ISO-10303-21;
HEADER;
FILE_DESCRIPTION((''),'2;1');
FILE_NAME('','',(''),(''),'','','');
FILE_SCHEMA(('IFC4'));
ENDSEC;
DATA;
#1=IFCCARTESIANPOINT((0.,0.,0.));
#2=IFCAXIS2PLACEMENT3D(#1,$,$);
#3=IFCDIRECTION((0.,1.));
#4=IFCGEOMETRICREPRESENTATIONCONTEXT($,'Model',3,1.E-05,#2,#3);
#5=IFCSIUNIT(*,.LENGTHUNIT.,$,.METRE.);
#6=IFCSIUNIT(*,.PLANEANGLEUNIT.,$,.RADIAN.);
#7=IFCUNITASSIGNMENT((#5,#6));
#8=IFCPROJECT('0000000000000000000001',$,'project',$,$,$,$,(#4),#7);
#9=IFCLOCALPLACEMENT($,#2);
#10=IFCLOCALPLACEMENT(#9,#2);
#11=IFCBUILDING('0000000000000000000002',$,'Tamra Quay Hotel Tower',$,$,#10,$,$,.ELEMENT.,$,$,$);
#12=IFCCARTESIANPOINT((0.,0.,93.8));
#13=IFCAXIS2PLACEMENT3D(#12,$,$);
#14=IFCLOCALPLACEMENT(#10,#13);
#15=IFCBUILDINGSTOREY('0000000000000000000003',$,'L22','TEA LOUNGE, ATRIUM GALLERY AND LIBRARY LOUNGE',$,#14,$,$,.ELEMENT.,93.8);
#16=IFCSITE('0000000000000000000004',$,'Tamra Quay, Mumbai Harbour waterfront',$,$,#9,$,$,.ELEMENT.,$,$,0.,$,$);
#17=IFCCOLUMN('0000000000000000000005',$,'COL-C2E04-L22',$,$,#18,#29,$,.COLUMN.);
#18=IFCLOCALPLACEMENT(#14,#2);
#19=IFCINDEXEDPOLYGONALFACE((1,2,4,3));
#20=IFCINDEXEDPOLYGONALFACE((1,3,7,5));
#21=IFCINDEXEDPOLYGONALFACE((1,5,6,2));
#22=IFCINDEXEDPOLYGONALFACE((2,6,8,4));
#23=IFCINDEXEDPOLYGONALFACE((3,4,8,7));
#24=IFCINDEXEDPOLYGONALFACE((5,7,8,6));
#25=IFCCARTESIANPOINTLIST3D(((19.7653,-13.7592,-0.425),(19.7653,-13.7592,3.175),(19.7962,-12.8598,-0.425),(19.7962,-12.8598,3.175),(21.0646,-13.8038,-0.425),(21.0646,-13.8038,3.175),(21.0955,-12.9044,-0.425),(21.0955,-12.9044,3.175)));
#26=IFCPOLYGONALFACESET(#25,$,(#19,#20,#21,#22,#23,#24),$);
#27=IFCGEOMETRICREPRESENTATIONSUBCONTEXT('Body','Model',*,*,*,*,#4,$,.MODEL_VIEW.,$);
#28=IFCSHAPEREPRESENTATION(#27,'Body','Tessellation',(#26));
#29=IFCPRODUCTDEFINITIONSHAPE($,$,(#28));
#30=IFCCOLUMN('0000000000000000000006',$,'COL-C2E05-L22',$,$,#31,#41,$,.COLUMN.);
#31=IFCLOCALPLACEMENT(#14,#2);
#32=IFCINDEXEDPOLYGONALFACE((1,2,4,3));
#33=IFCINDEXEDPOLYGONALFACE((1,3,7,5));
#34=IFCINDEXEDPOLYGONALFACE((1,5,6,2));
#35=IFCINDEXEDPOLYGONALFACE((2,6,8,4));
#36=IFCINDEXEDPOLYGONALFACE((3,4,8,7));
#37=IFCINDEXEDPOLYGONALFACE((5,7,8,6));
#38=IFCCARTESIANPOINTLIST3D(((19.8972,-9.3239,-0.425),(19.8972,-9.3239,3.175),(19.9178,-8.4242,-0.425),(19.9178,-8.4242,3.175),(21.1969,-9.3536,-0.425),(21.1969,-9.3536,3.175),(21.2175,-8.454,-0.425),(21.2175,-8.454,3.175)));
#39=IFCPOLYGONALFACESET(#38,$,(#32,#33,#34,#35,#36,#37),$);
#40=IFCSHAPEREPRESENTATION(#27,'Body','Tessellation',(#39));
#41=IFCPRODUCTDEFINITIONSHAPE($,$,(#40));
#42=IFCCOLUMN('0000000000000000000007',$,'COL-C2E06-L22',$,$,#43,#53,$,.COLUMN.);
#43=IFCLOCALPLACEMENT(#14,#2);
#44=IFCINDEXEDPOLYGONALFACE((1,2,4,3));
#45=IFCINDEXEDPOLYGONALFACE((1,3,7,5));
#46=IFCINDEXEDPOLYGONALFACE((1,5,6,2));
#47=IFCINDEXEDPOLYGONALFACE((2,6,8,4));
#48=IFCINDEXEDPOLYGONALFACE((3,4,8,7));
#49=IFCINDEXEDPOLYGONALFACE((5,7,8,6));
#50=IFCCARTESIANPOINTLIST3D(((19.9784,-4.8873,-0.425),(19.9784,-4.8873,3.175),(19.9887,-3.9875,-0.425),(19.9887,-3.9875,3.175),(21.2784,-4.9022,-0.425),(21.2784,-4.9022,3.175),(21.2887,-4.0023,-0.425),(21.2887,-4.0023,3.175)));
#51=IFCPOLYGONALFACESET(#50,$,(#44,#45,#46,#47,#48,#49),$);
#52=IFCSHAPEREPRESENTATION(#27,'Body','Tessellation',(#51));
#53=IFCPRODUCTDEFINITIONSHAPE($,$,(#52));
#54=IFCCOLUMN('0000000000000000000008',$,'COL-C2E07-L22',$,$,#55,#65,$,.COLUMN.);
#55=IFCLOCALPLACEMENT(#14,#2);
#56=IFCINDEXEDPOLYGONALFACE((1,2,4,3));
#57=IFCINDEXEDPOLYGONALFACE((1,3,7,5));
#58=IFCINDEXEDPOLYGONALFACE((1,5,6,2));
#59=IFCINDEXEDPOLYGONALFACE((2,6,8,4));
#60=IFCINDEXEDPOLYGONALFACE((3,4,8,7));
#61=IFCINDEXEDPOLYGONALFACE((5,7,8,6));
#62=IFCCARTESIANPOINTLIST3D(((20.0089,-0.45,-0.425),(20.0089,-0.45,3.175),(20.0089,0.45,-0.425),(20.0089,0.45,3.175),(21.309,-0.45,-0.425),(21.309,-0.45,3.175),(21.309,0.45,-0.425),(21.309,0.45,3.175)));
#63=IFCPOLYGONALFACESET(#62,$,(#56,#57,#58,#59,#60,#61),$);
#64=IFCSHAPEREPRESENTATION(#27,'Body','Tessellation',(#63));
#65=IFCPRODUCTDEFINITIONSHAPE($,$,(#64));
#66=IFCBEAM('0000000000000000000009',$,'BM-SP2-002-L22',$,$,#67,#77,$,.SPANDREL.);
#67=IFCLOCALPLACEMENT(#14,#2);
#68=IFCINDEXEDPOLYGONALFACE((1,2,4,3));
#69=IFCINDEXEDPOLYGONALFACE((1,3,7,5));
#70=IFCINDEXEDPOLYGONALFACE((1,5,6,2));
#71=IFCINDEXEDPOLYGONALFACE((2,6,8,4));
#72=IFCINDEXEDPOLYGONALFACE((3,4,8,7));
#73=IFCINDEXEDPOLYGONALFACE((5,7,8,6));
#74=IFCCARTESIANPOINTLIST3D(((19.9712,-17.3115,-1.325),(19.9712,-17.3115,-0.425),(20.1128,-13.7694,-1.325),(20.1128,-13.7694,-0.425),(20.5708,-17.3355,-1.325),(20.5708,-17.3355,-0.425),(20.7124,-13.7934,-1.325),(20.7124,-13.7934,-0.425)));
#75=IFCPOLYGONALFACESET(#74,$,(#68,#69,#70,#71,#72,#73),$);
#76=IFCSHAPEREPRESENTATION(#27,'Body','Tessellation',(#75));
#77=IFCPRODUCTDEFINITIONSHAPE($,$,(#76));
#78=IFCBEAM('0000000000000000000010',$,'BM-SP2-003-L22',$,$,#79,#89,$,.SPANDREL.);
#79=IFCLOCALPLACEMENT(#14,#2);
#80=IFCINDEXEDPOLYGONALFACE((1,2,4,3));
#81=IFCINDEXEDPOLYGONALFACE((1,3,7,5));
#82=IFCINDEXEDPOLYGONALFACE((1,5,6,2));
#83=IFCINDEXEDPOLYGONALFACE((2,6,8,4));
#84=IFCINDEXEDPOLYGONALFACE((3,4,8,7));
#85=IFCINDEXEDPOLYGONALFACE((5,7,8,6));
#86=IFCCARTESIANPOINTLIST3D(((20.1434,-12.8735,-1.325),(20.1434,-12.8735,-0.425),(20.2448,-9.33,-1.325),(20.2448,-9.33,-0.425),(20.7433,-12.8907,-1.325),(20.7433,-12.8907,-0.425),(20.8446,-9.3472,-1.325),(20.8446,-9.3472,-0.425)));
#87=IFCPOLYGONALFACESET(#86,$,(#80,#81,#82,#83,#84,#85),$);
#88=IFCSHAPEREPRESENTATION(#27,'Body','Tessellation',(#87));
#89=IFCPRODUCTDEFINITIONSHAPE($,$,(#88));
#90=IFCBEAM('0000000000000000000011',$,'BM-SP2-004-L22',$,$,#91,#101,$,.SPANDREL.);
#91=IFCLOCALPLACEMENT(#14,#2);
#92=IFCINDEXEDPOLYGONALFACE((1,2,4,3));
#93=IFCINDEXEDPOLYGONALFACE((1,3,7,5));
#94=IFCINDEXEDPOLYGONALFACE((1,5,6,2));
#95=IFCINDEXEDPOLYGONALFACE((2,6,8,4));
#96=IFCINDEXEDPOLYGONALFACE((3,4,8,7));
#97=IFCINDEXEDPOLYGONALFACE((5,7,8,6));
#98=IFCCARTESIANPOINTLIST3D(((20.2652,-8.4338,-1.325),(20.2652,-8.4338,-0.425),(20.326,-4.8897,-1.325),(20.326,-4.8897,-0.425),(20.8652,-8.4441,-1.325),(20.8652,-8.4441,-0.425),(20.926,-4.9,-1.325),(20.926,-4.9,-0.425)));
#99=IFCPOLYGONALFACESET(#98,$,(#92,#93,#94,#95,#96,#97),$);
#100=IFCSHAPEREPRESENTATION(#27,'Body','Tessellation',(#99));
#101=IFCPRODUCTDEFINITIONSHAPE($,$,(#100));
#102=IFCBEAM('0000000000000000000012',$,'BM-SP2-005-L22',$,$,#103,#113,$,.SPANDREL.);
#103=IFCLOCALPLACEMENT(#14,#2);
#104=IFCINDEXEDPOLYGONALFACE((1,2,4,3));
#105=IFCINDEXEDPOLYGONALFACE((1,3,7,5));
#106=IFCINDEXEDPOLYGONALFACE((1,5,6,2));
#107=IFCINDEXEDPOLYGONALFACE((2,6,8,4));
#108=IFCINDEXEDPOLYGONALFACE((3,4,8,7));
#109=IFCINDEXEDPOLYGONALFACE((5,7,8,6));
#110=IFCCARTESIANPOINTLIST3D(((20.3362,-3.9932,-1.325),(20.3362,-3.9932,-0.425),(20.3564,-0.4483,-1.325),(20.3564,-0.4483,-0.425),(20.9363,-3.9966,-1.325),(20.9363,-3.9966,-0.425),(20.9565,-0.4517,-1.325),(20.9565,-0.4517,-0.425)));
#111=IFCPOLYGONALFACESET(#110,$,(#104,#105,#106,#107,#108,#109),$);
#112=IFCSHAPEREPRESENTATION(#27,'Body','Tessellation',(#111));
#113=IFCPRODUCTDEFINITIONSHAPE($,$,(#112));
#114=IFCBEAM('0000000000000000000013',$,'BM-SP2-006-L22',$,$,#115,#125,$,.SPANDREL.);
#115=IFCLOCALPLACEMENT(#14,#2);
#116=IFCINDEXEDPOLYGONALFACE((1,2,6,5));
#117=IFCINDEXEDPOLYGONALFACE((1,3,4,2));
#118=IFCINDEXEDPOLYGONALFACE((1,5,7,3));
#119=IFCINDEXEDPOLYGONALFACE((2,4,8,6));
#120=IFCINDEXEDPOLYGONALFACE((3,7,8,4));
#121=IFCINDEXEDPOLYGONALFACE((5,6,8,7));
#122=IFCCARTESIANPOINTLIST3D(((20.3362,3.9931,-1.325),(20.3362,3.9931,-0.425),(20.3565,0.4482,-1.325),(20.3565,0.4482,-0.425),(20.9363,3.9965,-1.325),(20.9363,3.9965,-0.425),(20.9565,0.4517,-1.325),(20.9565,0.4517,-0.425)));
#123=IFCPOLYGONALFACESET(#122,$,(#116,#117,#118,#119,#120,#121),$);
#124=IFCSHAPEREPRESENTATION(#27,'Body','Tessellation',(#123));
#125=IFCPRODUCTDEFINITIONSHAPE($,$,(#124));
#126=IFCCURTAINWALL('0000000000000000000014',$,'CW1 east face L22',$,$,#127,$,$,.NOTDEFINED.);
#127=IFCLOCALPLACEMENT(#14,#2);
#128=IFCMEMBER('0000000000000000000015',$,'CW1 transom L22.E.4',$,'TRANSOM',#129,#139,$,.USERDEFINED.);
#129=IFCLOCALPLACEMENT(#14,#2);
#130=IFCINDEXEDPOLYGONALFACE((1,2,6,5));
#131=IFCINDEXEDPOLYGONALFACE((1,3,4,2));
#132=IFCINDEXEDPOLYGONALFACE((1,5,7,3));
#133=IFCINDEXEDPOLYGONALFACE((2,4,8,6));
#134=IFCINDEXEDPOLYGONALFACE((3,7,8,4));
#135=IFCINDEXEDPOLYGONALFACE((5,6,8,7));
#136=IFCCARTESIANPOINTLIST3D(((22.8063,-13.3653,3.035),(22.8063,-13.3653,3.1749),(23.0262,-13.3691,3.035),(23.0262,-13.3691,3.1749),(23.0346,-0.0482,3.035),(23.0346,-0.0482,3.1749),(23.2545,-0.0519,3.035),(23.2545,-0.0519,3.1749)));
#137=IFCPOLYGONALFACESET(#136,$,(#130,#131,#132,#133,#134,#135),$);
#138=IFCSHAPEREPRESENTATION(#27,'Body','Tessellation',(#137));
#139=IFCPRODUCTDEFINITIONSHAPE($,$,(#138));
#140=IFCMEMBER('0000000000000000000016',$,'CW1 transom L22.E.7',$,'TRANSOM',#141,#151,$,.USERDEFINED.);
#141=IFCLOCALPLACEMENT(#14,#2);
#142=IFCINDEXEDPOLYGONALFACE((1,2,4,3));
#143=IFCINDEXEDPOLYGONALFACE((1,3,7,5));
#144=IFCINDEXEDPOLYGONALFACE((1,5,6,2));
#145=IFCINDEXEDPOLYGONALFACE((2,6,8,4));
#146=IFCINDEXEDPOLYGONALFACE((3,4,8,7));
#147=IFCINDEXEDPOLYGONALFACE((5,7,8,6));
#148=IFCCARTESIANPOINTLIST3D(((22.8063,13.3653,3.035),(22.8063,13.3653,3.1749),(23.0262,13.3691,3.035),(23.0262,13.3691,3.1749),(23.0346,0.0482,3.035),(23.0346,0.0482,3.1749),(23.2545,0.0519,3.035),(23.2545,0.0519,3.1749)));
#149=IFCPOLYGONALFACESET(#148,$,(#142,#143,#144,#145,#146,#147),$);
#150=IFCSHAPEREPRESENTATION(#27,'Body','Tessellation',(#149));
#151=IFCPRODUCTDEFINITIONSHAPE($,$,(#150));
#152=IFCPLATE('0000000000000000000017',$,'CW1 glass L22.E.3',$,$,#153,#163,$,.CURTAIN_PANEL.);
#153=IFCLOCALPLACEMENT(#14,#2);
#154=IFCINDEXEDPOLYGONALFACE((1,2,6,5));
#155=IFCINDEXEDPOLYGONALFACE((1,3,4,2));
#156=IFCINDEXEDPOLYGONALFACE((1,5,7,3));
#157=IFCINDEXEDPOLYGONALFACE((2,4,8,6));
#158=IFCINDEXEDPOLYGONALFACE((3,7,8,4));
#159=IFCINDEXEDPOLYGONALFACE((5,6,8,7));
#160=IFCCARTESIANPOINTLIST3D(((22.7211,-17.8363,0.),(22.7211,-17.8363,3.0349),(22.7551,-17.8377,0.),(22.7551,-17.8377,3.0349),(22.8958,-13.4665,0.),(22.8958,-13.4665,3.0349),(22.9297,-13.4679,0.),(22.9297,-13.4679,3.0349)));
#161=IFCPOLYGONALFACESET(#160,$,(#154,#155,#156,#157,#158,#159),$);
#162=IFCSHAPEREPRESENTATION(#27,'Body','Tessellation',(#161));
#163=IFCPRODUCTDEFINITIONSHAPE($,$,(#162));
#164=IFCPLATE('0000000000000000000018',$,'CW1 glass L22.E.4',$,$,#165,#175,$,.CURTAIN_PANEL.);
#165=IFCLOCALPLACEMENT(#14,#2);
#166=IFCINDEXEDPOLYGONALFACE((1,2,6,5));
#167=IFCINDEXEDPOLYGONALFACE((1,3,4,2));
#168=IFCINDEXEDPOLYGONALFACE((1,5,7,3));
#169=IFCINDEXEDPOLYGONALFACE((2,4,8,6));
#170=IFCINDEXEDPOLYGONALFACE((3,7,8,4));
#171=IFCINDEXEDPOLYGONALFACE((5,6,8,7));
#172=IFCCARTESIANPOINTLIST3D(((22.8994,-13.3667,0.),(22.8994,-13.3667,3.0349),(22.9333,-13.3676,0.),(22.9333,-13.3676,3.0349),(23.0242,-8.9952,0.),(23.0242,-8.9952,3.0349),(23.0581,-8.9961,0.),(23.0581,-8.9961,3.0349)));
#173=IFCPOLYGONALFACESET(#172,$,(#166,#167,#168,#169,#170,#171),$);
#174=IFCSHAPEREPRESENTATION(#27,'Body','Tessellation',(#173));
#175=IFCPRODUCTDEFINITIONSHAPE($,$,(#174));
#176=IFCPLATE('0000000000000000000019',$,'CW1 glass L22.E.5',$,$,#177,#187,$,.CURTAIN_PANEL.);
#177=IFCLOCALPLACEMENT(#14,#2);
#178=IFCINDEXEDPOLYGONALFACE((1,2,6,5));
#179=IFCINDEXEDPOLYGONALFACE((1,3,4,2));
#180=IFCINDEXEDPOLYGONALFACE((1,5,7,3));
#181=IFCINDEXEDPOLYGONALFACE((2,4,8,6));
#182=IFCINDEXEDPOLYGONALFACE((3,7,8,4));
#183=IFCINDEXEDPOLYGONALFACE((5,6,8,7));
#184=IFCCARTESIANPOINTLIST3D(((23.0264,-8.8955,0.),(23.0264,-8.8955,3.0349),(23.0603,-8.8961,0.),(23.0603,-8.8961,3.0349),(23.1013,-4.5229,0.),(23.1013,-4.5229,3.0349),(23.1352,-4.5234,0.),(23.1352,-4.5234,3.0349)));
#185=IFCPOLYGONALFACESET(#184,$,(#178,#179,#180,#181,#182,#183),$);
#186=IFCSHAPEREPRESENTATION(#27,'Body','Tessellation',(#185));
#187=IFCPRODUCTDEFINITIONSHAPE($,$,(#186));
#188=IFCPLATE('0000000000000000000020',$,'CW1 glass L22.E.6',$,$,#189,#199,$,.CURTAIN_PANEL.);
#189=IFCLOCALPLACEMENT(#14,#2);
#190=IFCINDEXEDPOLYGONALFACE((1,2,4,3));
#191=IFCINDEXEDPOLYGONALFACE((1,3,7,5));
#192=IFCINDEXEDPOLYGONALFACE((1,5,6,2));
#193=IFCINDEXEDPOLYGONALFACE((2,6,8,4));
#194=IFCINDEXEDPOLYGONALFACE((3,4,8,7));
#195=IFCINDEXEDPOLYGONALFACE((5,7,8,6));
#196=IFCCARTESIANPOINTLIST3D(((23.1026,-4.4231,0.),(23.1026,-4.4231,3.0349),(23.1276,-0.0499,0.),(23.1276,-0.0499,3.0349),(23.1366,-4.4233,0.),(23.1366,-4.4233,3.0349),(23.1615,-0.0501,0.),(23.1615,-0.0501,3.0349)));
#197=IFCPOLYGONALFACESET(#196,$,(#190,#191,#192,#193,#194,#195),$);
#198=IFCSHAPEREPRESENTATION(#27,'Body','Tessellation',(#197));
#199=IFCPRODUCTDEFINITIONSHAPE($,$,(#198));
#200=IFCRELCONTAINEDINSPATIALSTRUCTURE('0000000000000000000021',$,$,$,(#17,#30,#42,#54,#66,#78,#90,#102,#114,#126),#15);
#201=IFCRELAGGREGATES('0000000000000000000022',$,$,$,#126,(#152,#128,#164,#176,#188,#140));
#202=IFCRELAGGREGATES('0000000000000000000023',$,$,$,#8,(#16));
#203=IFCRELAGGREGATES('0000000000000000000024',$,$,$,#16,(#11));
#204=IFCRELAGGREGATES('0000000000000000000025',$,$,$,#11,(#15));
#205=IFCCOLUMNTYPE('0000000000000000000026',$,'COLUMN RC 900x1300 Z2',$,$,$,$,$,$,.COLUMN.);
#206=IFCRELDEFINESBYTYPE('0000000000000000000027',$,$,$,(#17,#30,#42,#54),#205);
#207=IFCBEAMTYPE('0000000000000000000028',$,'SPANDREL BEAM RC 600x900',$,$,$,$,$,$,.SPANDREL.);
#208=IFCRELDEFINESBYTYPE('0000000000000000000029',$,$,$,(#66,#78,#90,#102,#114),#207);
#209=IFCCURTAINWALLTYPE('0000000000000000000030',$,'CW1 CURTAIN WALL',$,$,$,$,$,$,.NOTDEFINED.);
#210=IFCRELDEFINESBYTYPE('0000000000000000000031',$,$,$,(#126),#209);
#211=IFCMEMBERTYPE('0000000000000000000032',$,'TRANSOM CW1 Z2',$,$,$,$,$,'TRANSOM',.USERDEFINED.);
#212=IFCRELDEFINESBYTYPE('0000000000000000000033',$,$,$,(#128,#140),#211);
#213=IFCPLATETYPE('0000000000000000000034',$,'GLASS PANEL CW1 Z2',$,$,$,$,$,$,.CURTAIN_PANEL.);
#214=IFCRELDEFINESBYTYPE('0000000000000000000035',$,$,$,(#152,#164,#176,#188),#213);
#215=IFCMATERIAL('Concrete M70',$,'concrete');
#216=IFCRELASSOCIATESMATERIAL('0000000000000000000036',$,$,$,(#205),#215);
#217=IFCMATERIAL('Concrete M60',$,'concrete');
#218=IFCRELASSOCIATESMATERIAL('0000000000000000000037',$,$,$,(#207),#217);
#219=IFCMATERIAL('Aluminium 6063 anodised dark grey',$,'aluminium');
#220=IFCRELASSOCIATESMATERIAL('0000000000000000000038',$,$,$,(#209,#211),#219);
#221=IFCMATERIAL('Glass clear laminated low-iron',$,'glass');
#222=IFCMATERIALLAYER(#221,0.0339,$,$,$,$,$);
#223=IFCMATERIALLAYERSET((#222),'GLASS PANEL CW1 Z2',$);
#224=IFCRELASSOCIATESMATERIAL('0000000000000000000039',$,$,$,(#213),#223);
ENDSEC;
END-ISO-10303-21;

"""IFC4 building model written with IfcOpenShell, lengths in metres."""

from ifc_helpers import new_model, si_unit, direction, frame, origin, origin_2d, place, context, subcontext, project, spatial, rectangle, extrude, material, layer, layer_set, material_profile, profile_set, type_object, element, aggregate, save


model = new_model("IFC4")

# Units and contexts
model_context = context("Model", 3, precision=1e-05, world=origin(), true_north=direction((0.0, 1.0)))
body_context = subcontext(model_context, "Body", "Model", "MODEL_VIEW")
ifc_project = project(units=[si_unit("LENGTHUNIT", "METRE"), si_unit("PLANEANGLEUNIT", "RADIAN")], contexts=[model_context])

# Site, building, storey
site_placement = place(None, origin())
site = spatial("IfcSite", under=ifc_project, at=site_placement, Name="Tamra Quay, Mumbai Harbour waterfront", CompositionType="ELEMENT", RefElevation=0.0)
building_placement = place(site_placement, origin())
building = spatial("IfcBuilding", under=site, at=building_placement, Name="Tamra Quay Hotel Tower", CompositionType="ELEMENT")
storey_placement = place(building_placement, frame((0.0, 0.0, 93.8)))
storey = spatial("IfcBuildingStorey", under=building, at=storey_placement, Name="L22", Description="TEA LOUNGE, ATRIUM GALLERY AND LIBRARY LOUNGE", CompositionType="ELEMENT", Elevation=93.8)

# Columns
ifc_material_1 = material(Name="Concrete M70", Category="concrete")
ifc_material_profile_1 = material_profile(ifc_material_1, rectangle(XDim=1.3, YDim=0.8999, at=origin_2d()), Name="COLUMN RC 900x1300 Z2")
ifc_profile_set_1 = profile_set([ifc_material_profile_1], Name="Concrete M70")
column_type = type_object("IfcColumnType", Name="COLUMN RC 900x1300 Z2", PredefinedType="COLUMN", material=ifc_profile_set_1)
for number, where, z_axis, x_axis, name in (
    (1, (20.4304, -13.3318, -0.425), (0.0, 0.0, 1.0), (-0.999412, 0.034299, 0.0), "COL-C2E04-L22"),
    (2, (20.5574, -8.8889, -0.425), (0.0, 0.0, 1.0), (-0.999738, 0.022874, 0.0), "COL-C2E05-L22"),
    (3, (20.6335, -4.4448, -0.425), (0.0, 0.0, 1.0), (-0.999935, 0.011439, 0.0), "COL-C2E06-L22"),
    (4, (20.6589, 0.0, -0.425), (0.0, 0.0, 1.0), (1.0, 0.0, 0.0), "COL-C2E07-L22"),
):
    element("IfcColumn", number, at=place(storey_placement, frame(where, z_axis=z_axis, x_axis=x_axis)), inside=storey, type_object=column_type, Name=name, PredefinedType="COLUMN", context=body_context, shape_type="SweptSolid", body=[
        extrude(rectangle(XDim=1.3, YDim=0.8999, at=origin_2d()), origin(), (0.0, 0.0, 1.0), 3.6001),
    ])

# Beams
ifc_material_2 = material(Name="Concrete M60", Category="concrete")
ifc_material_profile_2 = material_profile(ifc_material_2, rectangle(XDim=0.6001, YDim=0.8999, at=origin_2d()), Name="SPANDREL BEAM RC 600x900")
ifc_profile_set_2 = profile_set([ifc_material_profile_2], Name="Concrete M60")
beam_type = type_object("IfcBeamType", Name="SPANDREL BEAM RC 600x900", PredefinedType="SPANDREL", material=ifc_profile_set_2)
for number, where, z_axis, x_axis, name in (
    (5, (20.271, -17.3235, -0.875), (0.039946, 0.999202, 0.0), (-0.999202, 0.039946, 0.0), "BM-SP2-002-L22"),
    (6, (20.4434, -12.8821, -0.875), (0.028581, 0.999591, 0.0), (-0.999591, 0.028581, 0.0), "BM-SP2-003-L22"),
):
    element("IfcBeam", number, at=place(storey_placement, frame(where, z_axis=z_axis, x_axis=x_axis)), inside=storey, type_object=beam_type, Name=name, PredefinedType="SPANDREL", context=body_context, shape_type="SweptSolid", body=[
        extrude(rectangle(XDim=0.6001, YDim=0.8999, at=origin_2d()), origin(), (0.0, 0.0, 1.0), 3.5449),
    ])
beam_placement = place(storey_placement, frame((20.5652, -8.439, -0.875), z_axis=(0.01715, 0.999853, 0.0), x_axis=(-0.999853, 0.01715, 0.0)))
element("IfcBeam", 7, at=beam_placement, inside=storey, type_object=beam_type, Name="BM-SP2-004-L22", PredefinedType="SPANDREL", context=body_context, shape_type="SweptSolid", body=[
    extrude(rectangle(XDim=0.6001, YDim=0.8999, at=origin_2d()), origin(), (0.0, 0.0, 1.0), 3.5447),
])
for number, where, z_axis, x_axis, name in (
    (8, (20.6362, -3.9949, -0.875), (0.005716, 0.999984, 0.0), (-0.999984, 0.005716, 0.0), "BM-SP2-005-L22"),
    (9, (20.6565, 0.45, -0.875), (-0.005716, 0.999984, 0.0), (-0.999984, -0.005716, 0.0), "BM-SP2-006-L22"),
):
    element("IfcBeam", number, at=place(storey_placement, frame(where, z_axis=z_axis, x_axis=x_axis)), inside=storey, type_object=beam_type, Name=name, PredefinedType="SPANDREL", context=body_context, shape_type="SweptSolid", body=[
        extrude(rectangle(XDim=0.6001, YDim=0.8999, at=origin_2d()), origin(), (0.0, 0.0, 1.0), 3.5449),
    ])

# Curtain wall, members, plates
ifc_material_3 = material(Name="Aluminium 6063 anodised dark grey", Category="aluminium")
curtain_wall_type = type_object("IfcCurtainWallType", Name="CW1 CURTAIN WALL", PredefinedType="NOTDEFINED", material=ifc_material_3)
curtain_wall_placement = place(storey_placement, origin())
curtain_wall = element("IfcCurtainWall", 10, at=curtain_wall_placement, inside=storey, type_object=curtain_wall_type, Name="CW1 east face L22", PredefinedType="NOTDEFINED")
ifc_material_profile_3 = material_profile(ifc_material_3, rectangle(XDim=0.22, YDim=0.1399, at=origin_2d()), Name="TRANSOM 220X140")
ifc_profile_set_3 = profile_set([ifc_material_profile_3], Name="Aluminium 6063 anodised dark grey")
member_type = type_object("IfcMemberType", Name="TRANSOM CW1 Z2", ElementType="TRANSOM", PredefinedType="USERDEFINED", material=ifc_profile_set_3)
member_1_placement = place(storey_placement, frame((22.9163, -13.3672, 3.105), z_axis=(0.017139, 0.999853, 0.0), x_axis=(-0.999853, 0.017139, 0.0)))
member_1 = element("IfcMember", 11, at=member_1_placement, type_object=member_type, Name="CW1 transom L22.E.4", ObjectType="TRANSOM", PredefinedType="USERDEFINED", context=body_context, shape_type="SweptSolid", body=[
    extrude(rectangle(XDim=0.22, YDim=0.1399, at=origin_2d()), origin(), (0.0, 0.0, 1.0), 13.3191),
])
member_2_placement = place(storey_placement, frame((23.1445, 0.05, 3.105), z_axis=(-0.017139, 0.999853, 0.0), x_axis=(-0.999853, -0.017139, 0.0)))
member_2 = element("IfcMember", 12, at=member_2_placement, type_object=member_type, Name="CW1 transom L22.E.7", ObjectType="TRANSOM", PredefinedType="USERDEFINED", context=body_context, shape_type="SweptSolid", body=[
    extrude(rectangle(XDim=0.22, YDim=0.1399, at=origin_2d()), origin(), (0.0, 0.0, 1.0), 13.3191),
])
ifc_material_4 = material(Name="Glass clear laminated low-iron", Category="glass")
ifc_layer_1 = layer(ifc_material_4, 0.0339)
ifc_layer_set_1 = layer_set([ifc_layer_1], Name="GLASS PANEL CW1 Z2")
plate_type = type_object("IfcPlateType", Name="GLASS PANEL CW1 Z2", PredefinedType="CURTAIN_PANEL", material=ifc_layer_set_1)
plate_1_placement = place(storey_placement, frame((22.8254, -15.6521, 0.0), z_axis=(0.0, 0.0, 1.0), x_axis=(0.039944, 0.999202, 0.0)))
plate_1 = element("IfcPlate", 13, at=plate_1_placement, type_object=plate_type, Name="CW1 glass L22.E.3", PredefinedType="CURTAIN_PANEL", context=body_context, shape_type="SweptSolid", body=[
    extrude(rectangle(XDim=4.3733, YDim=0.0339, at=origin_2d()), origin(), (0.0, 0.0, 1.0), 3.0349),
])
plate_2_placement = place(storey_placement, frame((22.9788, -11.1814, 0.0), z_axis=(0.0, 0.0, 1.0), x_axis=(0.028546, 0.999592, 0.0)))
plate_2 = element("IfcPlate", 14, at=plate_2_placement, type_object=plate_type, Name="CW1 glass L22.E.4", PredefinedType="CURTAIN_PANEL", context=body_context, shape_type="SweptSolid", body=[
    extrude(rectangle(XDim=4.3733, YDim=0.0339, at=origin_2d()), origin(), (0.0, 0.0, 1.0), 3.0349),
])
plate_3_placement = place(storey_placement, frame((23.0808, -6.7095, 0.0), z_axis=(0.0, 0.0, 1.0), x_axis=(0.017134, 0.999853, 0.0)))
plate_3 = element("IfcPlate", 15, at=plate_3_placement, type_object=plate_type, Name="CW1 glass L22.E.5", PredefinedType="CURTAIN_PANEL", context=body_context, shape_type="SweptSolid", body=[
    extrude(rectangle(XDim=4.3733, YDim=0.0339, at=origin_2d()), origin(), (0.0, 0.0, 1.0), 3.0349),
])
plate_4_placement = place(storey_placement, frame((23.1321, -2.2366, 0.0), z_axis=(0.0, 0.0, 1.0), x_axis=(0.005713, 0.999984, 0.0)))
plate_4 = element("IfcPlate", 16, at=plate_4_placement, type_object=plate_type, Name="CW1 glass L22.E.6", PredefinedType="CURTAIN_PANEL", context=body_context, shape_type="SweptSolid", body=[
    extrude(rectangle(XDim=4.3733, YDim=0.0339, at=origin_2d()), origin(), (0.0, 0.0, 1.0), 3.0349),
])
aggregate(curtain_wall, [plate_1, member_1, plate_2, plate_3, plate_4, member_2])

save(model, "model.ifc")
